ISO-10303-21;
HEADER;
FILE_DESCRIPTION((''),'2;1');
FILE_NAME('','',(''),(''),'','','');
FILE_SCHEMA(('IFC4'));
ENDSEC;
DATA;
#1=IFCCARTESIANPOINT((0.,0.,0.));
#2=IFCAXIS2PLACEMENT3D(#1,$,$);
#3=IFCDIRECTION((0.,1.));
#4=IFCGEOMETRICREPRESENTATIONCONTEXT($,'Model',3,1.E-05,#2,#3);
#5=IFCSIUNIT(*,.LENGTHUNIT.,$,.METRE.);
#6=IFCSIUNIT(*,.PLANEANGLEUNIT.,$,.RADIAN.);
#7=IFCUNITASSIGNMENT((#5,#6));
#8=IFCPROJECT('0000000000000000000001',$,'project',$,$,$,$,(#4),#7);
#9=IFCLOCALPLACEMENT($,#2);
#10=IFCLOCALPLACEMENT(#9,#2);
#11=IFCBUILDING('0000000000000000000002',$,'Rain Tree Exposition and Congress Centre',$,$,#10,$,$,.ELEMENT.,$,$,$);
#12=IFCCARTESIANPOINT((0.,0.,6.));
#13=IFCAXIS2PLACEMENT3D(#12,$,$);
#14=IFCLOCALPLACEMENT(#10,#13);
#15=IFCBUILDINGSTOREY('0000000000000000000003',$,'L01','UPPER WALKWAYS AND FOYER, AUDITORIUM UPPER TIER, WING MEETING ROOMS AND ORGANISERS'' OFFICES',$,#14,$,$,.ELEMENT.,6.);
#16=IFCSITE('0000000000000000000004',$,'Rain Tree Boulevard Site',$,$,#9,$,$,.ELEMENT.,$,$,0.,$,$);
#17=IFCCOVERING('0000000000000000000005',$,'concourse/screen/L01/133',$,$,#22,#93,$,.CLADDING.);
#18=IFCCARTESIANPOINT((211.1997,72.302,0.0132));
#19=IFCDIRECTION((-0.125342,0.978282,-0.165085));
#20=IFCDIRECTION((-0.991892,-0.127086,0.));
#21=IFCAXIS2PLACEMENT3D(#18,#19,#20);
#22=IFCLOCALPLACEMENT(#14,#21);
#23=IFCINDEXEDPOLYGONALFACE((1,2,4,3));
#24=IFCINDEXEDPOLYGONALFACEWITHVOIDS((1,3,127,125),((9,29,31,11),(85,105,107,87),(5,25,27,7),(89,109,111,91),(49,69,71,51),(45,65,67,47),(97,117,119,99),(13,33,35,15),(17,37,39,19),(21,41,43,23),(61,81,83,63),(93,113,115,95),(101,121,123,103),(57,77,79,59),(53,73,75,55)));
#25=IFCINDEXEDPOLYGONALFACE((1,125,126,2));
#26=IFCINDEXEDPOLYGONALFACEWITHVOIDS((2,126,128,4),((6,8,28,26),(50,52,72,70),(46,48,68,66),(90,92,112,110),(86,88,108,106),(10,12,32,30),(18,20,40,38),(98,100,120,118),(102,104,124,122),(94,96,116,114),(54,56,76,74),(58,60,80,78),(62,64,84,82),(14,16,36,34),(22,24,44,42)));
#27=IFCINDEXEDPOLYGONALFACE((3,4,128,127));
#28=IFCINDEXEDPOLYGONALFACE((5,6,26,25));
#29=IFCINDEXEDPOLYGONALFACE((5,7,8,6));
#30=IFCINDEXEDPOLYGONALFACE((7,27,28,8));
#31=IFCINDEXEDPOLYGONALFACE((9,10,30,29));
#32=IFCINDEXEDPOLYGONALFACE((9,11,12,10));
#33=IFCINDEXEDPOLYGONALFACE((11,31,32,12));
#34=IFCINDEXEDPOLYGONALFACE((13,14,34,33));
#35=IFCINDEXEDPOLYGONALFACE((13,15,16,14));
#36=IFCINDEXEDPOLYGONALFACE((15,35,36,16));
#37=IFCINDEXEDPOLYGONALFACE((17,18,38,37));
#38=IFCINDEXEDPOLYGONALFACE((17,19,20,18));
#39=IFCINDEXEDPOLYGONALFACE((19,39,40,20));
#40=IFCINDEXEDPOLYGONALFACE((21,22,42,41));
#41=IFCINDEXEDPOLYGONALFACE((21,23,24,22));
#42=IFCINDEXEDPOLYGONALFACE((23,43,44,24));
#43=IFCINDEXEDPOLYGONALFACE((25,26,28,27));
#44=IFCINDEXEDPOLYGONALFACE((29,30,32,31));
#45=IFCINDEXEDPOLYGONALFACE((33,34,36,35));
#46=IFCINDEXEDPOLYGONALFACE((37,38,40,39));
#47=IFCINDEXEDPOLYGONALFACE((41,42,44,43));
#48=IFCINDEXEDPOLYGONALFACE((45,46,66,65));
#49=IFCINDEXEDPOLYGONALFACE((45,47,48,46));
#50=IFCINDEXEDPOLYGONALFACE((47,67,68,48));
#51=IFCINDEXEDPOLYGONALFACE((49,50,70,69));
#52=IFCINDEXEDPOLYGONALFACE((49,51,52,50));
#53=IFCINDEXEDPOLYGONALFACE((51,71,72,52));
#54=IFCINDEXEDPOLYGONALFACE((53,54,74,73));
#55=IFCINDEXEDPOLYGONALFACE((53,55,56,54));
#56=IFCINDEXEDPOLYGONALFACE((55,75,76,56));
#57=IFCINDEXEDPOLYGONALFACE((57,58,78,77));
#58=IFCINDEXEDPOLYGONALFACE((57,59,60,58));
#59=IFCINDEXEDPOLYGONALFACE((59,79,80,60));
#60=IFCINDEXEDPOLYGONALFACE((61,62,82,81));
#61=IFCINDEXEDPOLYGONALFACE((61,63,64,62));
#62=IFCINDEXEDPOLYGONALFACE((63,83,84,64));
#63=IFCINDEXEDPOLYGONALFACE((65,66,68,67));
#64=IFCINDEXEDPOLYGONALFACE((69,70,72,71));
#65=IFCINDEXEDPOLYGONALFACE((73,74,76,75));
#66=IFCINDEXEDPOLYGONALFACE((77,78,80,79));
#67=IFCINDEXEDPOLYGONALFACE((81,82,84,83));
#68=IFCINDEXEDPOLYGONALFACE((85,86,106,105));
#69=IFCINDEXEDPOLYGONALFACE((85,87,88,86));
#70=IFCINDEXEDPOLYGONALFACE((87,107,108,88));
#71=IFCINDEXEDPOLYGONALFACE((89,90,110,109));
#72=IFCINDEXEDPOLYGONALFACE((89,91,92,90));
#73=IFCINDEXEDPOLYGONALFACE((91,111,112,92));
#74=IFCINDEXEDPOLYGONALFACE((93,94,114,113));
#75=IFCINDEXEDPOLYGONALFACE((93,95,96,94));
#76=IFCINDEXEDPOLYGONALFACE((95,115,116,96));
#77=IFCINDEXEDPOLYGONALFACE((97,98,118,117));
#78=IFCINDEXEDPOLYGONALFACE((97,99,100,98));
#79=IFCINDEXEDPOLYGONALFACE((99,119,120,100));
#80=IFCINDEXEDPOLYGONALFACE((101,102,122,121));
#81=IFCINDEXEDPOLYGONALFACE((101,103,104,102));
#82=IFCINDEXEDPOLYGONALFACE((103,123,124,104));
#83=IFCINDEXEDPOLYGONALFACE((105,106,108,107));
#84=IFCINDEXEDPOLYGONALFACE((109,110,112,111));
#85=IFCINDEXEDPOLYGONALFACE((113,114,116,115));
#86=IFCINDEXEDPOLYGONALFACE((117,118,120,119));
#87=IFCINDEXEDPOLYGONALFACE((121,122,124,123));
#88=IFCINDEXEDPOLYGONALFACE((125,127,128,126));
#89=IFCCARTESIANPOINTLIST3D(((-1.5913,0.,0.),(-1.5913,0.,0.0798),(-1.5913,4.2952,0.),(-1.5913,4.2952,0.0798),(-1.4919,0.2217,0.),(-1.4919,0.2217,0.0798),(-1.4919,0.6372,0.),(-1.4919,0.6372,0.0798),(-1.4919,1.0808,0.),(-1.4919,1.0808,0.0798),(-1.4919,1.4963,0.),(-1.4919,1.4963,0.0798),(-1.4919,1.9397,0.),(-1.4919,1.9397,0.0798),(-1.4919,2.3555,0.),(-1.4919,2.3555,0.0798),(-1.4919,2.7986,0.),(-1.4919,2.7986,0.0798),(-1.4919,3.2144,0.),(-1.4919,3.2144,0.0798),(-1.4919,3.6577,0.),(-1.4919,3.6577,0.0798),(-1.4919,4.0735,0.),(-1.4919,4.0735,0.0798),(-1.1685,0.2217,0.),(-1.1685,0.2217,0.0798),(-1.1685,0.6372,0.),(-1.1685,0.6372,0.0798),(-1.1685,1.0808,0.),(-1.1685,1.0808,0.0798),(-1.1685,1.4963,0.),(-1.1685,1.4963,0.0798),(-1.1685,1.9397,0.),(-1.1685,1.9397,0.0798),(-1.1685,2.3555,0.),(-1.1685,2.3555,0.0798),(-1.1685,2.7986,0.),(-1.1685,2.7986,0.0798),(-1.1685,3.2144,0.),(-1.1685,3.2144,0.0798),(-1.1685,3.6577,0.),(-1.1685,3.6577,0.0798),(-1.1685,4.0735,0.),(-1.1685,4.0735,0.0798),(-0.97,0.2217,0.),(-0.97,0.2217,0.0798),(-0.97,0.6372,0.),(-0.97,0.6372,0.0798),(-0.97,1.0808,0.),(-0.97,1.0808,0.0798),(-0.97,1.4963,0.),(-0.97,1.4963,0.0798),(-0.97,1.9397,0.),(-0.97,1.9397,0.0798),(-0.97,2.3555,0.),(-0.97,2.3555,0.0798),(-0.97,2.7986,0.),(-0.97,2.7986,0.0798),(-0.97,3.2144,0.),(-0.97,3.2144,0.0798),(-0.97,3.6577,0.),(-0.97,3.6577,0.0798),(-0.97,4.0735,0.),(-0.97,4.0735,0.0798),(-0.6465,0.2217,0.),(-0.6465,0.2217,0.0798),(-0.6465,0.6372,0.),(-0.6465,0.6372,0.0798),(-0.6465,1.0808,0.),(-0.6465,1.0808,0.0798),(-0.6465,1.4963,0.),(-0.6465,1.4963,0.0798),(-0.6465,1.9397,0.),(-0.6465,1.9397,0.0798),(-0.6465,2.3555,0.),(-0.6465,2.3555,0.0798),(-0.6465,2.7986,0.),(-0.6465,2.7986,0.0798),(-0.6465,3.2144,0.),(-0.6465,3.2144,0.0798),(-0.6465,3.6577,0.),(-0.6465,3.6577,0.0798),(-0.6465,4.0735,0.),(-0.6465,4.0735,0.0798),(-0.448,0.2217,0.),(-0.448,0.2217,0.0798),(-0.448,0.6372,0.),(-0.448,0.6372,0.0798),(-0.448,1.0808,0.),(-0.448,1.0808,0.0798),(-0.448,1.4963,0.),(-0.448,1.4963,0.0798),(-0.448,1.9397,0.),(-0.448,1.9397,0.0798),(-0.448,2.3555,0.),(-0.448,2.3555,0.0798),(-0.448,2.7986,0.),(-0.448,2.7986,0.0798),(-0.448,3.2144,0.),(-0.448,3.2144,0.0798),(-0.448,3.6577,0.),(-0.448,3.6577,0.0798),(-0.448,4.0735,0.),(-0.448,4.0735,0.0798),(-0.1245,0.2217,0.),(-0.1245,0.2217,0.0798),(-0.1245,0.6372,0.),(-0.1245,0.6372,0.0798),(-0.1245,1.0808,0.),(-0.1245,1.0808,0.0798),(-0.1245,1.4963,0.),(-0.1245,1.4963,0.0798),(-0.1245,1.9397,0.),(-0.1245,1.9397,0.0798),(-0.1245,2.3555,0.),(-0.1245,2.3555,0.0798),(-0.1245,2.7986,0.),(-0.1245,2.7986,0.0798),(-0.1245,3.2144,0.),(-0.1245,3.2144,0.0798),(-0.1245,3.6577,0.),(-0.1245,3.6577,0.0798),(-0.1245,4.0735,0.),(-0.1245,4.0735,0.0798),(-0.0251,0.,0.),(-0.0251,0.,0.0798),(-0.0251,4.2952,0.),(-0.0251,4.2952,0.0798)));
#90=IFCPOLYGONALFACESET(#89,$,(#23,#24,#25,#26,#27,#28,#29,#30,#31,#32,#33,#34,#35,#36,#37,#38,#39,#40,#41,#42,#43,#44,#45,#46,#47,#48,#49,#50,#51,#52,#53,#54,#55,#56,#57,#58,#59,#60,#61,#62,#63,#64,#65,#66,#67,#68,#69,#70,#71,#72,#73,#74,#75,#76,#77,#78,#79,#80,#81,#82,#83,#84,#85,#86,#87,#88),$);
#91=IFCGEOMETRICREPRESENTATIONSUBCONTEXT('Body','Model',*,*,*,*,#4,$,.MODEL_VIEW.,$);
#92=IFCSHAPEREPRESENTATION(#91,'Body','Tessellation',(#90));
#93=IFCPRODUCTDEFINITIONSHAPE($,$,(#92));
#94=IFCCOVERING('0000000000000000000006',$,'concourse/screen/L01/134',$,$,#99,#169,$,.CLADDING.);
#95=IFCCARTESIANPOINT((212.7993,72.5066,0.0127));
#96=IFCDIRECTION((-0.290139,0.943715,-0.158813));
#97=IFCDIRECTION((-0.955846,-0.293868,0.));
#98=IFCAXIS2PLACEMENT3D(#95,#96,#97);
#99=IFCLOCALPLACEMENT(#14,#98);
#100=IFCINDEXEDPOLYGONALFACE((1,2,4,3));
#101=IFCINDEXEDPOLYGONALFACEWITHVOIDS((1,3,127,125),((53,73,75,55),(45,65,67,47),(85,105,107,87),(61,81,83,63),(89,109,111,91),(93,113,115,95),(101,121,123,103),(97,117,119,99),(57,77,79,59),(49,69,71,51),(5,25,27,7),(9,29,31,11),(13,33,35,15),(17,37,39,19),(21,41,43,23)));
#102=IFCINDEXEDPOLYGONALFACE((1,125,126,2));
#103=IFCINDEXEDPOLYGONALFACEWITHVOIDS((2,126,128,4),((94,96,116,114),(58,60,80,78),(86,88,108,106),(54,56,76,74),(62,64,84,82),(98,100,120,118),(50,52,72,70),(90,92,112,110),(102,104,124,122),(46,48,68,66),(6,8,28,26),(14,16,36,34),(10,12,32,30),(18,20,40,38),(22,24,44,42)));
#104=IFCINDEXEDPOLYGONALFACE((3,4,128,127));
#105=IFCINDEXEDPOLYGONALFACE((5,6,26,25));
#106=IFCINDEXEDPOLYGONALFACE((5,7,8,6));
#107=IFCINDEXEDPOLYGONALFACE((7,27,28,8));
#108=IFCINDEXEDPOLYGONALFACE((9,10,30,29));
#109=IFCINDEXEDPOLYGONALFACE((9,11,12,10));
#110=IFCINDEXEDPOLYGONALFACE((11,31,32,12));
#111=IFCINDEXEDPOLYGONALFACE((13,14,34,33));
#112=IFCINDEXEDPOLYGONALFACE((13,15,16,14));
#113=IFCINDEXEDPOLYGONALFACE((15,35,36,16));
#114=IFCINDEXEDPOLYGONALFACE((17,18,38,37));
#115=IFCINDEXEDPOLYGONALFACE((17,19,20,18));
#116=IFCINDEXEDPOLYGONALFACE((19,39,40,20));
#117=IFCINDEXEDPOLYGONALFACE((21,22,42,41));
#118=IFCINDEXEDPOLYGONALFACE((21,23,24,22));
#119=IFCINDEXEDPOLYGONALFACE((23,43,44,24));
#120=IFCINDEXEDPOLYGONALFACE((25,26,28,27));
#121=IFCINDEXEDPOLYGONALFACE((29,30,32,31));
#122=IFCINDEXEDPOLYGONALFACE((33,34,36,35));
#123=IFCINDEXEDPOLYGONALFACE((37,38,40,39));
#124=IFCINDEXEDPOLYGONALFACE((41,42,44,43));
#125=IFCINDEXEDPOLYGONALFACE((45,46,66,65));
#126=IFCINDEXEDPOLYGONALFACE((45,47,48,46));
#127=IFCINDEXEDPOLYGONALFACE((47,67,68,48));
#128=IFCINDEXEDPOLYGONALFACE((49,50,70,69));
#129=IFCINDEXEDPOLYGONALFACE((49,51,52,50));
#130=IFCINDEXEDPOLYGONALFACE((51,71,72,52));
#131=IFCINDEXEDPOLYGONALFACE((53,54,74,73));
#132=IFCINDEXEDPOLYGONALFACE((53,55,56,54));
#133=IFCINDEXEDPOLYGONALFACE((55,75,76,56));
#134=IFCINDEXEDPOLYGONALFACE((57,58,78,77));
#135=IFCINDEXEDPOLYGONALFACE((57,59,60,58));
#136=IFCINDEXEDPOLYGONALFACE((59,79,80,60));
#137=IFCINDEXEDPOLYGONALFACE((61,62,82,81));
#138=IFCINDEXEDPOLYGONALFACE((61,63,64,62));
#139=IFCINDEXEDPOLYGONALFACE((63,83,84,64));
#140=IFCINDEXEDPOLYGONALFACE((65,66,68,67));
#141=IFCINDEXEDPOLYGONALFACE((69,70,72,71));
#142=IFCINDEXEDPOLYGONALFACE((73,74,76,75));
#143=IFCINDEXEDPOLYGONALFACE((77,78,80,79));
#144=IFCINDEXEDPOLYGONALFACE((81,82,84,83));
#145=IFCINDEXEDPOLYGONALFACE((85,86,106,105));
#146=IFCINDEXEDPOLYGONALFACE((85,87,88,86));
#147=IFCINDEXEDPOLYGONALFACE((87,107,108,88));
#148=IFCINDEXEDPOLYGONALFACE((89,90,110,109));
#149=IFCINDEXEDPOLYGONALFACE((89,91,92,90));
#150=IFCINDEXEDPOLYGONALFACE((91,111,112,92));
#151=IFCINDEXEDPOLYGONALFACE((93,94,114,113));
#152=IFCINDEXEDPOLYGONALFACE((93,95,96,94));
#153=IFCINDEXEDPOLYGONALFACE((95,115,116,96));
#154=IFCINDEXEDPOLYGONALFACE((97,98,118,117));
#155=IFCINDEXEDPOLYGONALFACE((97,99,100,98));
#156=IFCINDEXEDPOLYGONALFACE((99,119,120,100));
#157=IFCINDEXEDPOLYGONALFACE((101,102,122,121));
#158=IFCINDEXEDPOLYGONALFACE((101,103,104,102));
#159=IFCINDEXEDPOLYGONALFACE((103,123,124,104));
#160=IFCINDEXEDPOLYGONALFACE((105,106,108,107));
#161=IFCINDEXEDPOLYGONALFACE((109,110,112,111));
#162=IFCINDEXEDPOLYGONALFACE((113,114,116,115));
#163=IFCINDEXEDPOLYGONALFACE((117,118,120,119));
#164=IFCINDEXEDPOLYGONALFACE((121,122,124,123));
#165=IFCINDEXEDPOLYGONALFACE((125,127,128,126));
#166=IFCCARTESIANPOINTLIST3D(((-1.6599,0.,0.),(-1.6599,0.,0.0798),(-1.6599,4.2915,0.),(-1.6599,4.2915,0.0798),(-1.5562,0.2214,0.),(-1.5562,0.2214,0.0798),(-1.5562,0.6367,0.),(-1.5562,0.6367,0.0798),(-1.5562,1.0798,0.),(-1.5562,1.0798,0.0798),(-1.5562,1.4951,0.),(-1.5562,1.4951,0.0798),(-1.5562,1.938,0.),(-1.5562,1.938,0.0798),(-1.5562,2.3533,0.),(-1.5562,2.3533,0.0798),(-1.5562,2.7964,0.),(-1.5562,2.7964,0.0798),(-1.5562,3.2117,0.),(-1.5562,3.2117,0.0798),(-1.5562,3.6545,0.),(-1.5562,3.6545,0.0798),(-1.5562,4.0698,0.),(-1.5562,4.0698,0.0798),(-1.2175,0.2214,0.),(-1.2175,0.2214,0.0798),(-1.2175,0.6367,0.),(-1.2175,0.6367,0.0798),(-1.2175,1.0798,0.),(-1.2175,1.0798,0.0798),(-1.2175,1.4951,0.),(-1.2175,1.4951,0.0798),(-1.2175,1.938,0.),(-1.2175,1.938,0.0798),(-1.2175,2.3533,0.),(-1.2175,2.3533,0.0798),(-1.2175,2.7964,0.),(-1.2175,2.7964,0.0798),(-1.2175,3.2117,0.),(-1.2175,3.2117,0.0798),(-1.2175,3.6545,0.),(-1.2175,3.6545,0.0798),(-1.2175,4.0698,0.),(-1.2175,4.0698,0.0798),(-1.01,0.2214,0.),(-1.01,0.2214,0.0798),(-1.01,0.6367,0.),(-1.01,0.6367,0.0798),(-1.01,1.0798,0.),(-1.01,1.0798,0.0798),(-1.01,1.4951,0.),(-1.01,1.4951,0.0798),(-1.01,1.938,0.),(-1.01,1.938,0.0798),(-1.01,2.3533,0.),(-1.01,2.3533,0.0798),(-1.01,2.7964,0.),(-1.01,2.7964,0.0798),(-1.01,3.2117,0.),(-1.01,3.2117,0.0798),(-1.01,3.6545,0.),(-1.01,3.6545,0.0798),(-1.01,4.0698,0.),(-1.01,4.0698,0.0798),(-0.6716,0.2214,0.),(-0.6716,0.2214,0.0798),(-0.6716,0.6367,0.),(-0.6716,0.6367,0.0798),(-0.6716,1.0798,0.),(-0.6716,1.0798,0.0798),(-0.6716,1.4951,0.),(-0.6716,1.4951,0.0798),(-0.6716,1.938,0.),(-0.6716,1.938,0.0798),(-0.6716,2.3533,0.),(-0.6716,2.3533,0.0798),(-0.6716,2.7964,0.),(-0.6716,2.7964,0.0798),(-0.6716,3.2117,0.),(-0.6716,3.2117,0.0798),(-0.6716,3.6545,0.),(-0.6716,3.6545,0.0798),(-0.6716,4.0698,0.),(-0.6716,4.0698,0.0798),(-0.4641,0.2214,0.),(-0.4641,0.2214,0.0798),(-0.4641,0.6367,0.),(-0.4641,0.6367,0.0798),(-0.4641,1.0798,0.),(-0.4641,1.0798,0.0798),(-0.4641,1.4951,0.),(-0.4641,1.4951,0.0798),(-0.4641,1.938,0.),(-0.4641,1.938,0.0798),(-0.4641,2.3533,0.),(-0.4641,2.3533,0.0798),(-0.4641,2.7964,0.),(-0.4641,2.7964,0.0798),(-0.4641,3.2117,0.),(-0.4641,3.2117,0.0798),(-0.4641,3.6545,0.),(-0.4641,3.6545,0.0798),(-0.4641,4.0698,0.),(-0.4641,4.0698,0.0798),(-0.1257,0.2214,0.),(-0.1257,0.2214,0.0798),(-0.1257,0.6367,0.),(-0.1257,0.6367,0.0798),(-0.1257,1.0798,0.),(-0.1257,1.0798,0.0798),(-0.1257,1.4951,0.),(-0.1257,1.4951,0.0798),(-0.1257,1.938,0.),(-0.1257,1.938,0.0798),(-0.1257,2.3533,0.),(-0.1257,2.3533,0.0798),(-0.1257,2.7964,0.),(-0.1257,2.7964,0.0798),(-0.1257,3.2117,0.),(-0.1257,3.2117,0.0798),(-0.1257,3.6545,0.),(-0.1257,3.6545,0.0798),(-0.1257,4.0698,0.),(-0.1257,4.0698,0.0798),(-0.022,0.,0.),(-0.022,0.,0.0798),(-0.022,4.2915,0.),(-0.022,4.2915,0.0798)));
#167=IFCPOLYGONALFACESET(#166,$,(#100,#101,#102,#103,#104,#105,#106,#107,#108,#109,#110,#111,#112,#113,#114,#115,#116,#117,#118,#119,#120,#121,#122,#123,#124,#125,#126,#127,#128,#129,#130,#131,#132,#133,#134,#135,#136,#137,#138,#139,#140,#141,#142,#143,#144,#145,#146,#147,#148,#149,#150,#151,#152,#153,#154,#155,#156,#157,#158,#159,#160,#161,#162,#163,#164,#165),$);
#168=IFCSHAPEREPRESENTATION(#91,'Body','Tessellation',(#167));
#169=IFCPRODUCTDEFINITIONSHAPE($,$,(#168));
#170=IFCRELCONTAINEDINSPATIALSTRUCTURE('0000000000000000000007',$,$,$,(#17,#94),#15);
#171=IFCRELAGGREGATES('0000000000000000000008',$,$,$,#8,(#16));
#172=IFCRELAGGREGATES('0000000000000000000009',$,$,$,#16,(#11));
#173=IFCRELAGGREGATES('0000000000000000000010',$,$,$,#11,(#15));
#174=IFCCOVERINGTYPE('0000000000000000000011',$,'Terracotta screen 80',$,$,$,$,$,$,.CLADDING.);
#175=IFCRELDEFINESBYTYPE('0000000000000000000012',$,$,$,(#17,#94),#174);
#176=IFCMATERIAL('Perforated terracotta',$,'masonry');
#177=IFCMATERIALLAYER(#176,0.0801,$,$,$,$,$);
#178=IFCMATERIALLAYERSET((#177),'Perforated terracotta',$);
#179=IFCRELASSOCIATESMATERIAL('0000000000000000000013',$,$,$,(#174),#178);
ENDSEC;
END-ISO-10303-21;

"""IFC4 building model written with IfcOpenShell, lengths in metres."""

from ifc_helpers import new_model, si_unit, direction, frame, origin, place, context, subcontext, project, spatial, polyline, outline, extrude, material, layer, layer_set, type_object, element, save


model = new_model("IFC4")

# Units and contexts
model_context = context("Model", 3, precision=1e-05, world=origin(), true_north=direction((0.0, 1.0)))
body_context = subcontext(model_context, "Body", "Model", "MODEL_VIEW")
ifc_project = project(units=[si_unit("LENGTHUNIT", "METRE"), si_unit("PLANEANGLEUNIT", "RADIAN")], contexts=[model_context])

# Site, building, storey
site_placement = place(None, origin())
site = spatial("IfcSite", under=ifc_project, at=site_placement, Name="Rain Tree Boulevard Site", CompositionType="ELEMENT", RefElevation=0.0)
building_placement = place(site_placement, origin())
building = spatial("IfcBuilding", under=site, at=building_placement, Name="Rain Tree Exposition and Congress Centre", CompositionType="ELEMENT")
storey_placement = place(building_placement, frame((0.0, 0.0, 6.0)))
storey = spatial("IfcBuildingStorey", under=building, at=storey_placement, Name="L01", Description="UPPER WALKWAYS AND FOYER, AUDITORIUM UPPER TIER, WING MEETING ROOMS AND ORGANISERS' OFFICES", CompositionType="ELEMENT", Elevation=6.0)

# Coverings
ifc_material_1 = material(Name="Perforated terracotta", Category="masonry")
ifc_layer_1 = layer(ifc_material_1, 0.0801)
ifc_layer_set_1 = layer_set([ifc_layer_1], Name="Perforated terracotta")
covering_type = type_object("IfcCoveringType", Name="Terracotta screen 80", PredefinedType="CLADDING", material=ifc_layer_set_1)
covering_1_placement = place(storey_placement, frame((211.1997, 72.302, 0.0132), z_axis=(-0.125342, 0.978282, -0.165085), x_axis=(-0.991892, -0.127086, 0.0)))
element("IfcCovering", 1, at=covering_1_placement, inside=storey, type_object=covering_type, Name="concourse/screen/L01/133", PredefinedType="CLADDING", context=body_context, shape_type="SweptSolid", body=[
    extrude(outline(polyline([(-1.5913, 0.0), (-1.5913, 4.2952), (-0.0251, 4.2952), (-0.0251, 0.0), (-1.5913, 0.0)]), holes=[polyline([(-0.1245, 0.2217), (-0.1245, 0.6372), (-0.448, 0.6372), (-0.448, 0.2217), (-0.1245, 0.2217)]), polyline([(-0.1245, 1.0808), (-0.1245, 1.4963), (-0.448, 1.4963), (-0.448, 1.0808), (-0.1245, 1.0808)]), polyline([(-0.1245, 1.9397), (-0.1245, 2.3555), (-0.448, 2.3555), (-0.448, 1.9397), (-0.1245, 1.9397)]), polyline([(-0.1245, 2.7986), (-0.1245, 3.2144), (-0.448, 3.2144), (-0.448, 2.7986), (-0.1245, 2.7986)]), polyline([(-0.1245, 3.6577), (-0.1245, 4.0735), (-0.448, 4.0735), (-0.448, 3.6577), (-0.1245, 3.6577)]), polyline([(-0.6465, 0.2217), (-0.6465, 0.6372), (-0.97, 0.6372), (-0.97, 0.2217), (-0.6465, 0.2217)]), polyline([(-0.6465, 1.0808), (-0.6465, 1.4963), (-0.97, 1.4963), (-0.97, 1.0808), (-0.6465, 1.0808)]), polyline([(-0.6465, 1.9397), (-0.6465, 2.3555), (-0.97, 2.3555), (-0.97, 1.9397), (-0.6465, 1.9397)]), polyline([(-0.6465, 2.7986), (-0.6465, 3.2144), (-0.97, 3.2144), (-0.97, 2.7986), (-0.6465, 2.7986)]), polyline([(-0.6465, 3.6577), (-0.6465, 4.0735), (-0.97, 4.0735), (-0.97, 3.6577), (-0.6465, 3.6577)]), polyline([(-1.1685, 0.2217), (-1.1685, 0.6372), (-1.4919, 0.6372), (-1.4919, 0.2217), (-1.1685, 0.2217)]), polyline([(-1.1685, 1.0808), (-1.1685, 1.4963), (-1.4919, 1.4963), (-1.4919, 1.0808), (-1.1685, 1.0808)]), polyline([(-1.1685, 1.9397), (-1.1685, 2.3555), (-1.4919, 2.3555), (-1.4919, 1.9397), (-1.1685, 1.9397)]), polyline([(-1.1685, 2.7986), (-1.1685, 3.2144), (-1.4919, 3.2144), (-1.4919, 2.7986), (-1.1685, 2.7986)]), polyline([(-1.1685, 3.6577), (-1.1685, 4.0735), (-1.4919, 4.0735), (-1.4919, 3.6577), (-1.1685, 3.6577)])]), origin(), (0.0, 0.0, 1.0), 0.0798),
])
covering_2_placement = place(storey_placement, frame((212.7993, 72.5066, 0.0127), z_axis=(-0.290139, 0.943715, -0.158813), x_axis=(-0.955846, -0.293868, 0.0)))
element("IfcCovering", 2, at=covering_2_placement, inside=storey, type_object=covering_type, Name="concourse/screen/L01/134", PredefinedType="CLADDING", context=body_context, shape_type="SweptSolid", body=[
    extrude(outline(polyline([(-1.6599, 0.0), (-1.6599, 4.2915), (-0.022, 4.2915), (-0.022, 0.0), (-1.6599, 0.0)]), holes=[polyline([(-0.1257, 0.2214), (-0.1257, 0.6367), (-0.4641, 0.6367), (-0.4641, 0.2214), (-0.1257, 0.2214)]), polyline([(-0.1257, 1.0798), (-0.1257, 1.4951), (-0.4641, 1.4951), (-0.4641, 1.0798), (-0.1257, 1.0798)]), polyline([(-0.1257, 1.938), (-0.1257, 2.3533), (-0.4641, 2.3533), (-0.4641, 1.938), (-0.1257, 1.938)]), polyline([(-0.1257, 2.7964), (-0.1257, 3.2117), (-0.4641, 3.2117), (-0.4641, 2.7964), (-0.1257, 2.7964)]), polyline([(-0.1257, 3.6545), (-0.1257, 4.0698), (-0.4641, 4.0698), (-0.4641, 3.6545), (-0.1257, 3.6545)]), polyline([(-0.6716, 0.2214), (-0.6716, 0.6367), (-1.01, 0.6367), (-1.01, 0.2214), (-0.6716, 0.2214)]), polyline([(-0.6716, 1.0798), (-0.6716, 1.4951), (-1.01, 1.4951), (-1.01, 1.0798), (-0.6716, 1.0798)]), polyline([(-0.6716, 1.938), (-0.6716, 2.3533), (-1.01, 2.3533), (-1.01, 1.938), (-0.6716, 1.938)]), polyline([(-0.6716, 2.7964), (-0.6716, 3.2117), (-1.01, 3.2117), (-1.01, 2.7964), (-0.6716, 2.7964)]), polyline([(-0.6716, 3.6545), (-0.6716, 4.0698), (-1.01, 4.0698), (-1.01, 3.6545), (-0.6716, 3.6545)]), polyline([(-1.2175, 0.2214), (-1.2175, 0.6367), (-1.5562, 0.6367), (-1.5562, 0.2214), (-1.2175, 0.2214)]), polyline([(-1.2175, 1.0798), (-1.2175, 1.4951), (-1.5562, 1.4951), (-1.5562, 1.0798), (-1.2175, 1.0798)]), polyline([(-1.2175, 1.938), (-1.2175, 2.3533), (-1.5562, 2.3533), (-1.5562, 1.938), (-1.2175, 1.938)]), polyline([(-1.2175, 2.7964), (-1.2175, 3.2117), (-1.5562, 3.2117), (-1.5562, 2.7964), (-1.2175, 2.7964)]), polyline([(-1.2175, 3.6545), (-1.2175, 4.0698), (-1.5562, 4.0698), (-1.5562, 3.6545), (-1.2175, 3.6545)])]), origin(), (0.0, 0.0, 1.0), 0.0798),
])

save(model, "model.ifc")
